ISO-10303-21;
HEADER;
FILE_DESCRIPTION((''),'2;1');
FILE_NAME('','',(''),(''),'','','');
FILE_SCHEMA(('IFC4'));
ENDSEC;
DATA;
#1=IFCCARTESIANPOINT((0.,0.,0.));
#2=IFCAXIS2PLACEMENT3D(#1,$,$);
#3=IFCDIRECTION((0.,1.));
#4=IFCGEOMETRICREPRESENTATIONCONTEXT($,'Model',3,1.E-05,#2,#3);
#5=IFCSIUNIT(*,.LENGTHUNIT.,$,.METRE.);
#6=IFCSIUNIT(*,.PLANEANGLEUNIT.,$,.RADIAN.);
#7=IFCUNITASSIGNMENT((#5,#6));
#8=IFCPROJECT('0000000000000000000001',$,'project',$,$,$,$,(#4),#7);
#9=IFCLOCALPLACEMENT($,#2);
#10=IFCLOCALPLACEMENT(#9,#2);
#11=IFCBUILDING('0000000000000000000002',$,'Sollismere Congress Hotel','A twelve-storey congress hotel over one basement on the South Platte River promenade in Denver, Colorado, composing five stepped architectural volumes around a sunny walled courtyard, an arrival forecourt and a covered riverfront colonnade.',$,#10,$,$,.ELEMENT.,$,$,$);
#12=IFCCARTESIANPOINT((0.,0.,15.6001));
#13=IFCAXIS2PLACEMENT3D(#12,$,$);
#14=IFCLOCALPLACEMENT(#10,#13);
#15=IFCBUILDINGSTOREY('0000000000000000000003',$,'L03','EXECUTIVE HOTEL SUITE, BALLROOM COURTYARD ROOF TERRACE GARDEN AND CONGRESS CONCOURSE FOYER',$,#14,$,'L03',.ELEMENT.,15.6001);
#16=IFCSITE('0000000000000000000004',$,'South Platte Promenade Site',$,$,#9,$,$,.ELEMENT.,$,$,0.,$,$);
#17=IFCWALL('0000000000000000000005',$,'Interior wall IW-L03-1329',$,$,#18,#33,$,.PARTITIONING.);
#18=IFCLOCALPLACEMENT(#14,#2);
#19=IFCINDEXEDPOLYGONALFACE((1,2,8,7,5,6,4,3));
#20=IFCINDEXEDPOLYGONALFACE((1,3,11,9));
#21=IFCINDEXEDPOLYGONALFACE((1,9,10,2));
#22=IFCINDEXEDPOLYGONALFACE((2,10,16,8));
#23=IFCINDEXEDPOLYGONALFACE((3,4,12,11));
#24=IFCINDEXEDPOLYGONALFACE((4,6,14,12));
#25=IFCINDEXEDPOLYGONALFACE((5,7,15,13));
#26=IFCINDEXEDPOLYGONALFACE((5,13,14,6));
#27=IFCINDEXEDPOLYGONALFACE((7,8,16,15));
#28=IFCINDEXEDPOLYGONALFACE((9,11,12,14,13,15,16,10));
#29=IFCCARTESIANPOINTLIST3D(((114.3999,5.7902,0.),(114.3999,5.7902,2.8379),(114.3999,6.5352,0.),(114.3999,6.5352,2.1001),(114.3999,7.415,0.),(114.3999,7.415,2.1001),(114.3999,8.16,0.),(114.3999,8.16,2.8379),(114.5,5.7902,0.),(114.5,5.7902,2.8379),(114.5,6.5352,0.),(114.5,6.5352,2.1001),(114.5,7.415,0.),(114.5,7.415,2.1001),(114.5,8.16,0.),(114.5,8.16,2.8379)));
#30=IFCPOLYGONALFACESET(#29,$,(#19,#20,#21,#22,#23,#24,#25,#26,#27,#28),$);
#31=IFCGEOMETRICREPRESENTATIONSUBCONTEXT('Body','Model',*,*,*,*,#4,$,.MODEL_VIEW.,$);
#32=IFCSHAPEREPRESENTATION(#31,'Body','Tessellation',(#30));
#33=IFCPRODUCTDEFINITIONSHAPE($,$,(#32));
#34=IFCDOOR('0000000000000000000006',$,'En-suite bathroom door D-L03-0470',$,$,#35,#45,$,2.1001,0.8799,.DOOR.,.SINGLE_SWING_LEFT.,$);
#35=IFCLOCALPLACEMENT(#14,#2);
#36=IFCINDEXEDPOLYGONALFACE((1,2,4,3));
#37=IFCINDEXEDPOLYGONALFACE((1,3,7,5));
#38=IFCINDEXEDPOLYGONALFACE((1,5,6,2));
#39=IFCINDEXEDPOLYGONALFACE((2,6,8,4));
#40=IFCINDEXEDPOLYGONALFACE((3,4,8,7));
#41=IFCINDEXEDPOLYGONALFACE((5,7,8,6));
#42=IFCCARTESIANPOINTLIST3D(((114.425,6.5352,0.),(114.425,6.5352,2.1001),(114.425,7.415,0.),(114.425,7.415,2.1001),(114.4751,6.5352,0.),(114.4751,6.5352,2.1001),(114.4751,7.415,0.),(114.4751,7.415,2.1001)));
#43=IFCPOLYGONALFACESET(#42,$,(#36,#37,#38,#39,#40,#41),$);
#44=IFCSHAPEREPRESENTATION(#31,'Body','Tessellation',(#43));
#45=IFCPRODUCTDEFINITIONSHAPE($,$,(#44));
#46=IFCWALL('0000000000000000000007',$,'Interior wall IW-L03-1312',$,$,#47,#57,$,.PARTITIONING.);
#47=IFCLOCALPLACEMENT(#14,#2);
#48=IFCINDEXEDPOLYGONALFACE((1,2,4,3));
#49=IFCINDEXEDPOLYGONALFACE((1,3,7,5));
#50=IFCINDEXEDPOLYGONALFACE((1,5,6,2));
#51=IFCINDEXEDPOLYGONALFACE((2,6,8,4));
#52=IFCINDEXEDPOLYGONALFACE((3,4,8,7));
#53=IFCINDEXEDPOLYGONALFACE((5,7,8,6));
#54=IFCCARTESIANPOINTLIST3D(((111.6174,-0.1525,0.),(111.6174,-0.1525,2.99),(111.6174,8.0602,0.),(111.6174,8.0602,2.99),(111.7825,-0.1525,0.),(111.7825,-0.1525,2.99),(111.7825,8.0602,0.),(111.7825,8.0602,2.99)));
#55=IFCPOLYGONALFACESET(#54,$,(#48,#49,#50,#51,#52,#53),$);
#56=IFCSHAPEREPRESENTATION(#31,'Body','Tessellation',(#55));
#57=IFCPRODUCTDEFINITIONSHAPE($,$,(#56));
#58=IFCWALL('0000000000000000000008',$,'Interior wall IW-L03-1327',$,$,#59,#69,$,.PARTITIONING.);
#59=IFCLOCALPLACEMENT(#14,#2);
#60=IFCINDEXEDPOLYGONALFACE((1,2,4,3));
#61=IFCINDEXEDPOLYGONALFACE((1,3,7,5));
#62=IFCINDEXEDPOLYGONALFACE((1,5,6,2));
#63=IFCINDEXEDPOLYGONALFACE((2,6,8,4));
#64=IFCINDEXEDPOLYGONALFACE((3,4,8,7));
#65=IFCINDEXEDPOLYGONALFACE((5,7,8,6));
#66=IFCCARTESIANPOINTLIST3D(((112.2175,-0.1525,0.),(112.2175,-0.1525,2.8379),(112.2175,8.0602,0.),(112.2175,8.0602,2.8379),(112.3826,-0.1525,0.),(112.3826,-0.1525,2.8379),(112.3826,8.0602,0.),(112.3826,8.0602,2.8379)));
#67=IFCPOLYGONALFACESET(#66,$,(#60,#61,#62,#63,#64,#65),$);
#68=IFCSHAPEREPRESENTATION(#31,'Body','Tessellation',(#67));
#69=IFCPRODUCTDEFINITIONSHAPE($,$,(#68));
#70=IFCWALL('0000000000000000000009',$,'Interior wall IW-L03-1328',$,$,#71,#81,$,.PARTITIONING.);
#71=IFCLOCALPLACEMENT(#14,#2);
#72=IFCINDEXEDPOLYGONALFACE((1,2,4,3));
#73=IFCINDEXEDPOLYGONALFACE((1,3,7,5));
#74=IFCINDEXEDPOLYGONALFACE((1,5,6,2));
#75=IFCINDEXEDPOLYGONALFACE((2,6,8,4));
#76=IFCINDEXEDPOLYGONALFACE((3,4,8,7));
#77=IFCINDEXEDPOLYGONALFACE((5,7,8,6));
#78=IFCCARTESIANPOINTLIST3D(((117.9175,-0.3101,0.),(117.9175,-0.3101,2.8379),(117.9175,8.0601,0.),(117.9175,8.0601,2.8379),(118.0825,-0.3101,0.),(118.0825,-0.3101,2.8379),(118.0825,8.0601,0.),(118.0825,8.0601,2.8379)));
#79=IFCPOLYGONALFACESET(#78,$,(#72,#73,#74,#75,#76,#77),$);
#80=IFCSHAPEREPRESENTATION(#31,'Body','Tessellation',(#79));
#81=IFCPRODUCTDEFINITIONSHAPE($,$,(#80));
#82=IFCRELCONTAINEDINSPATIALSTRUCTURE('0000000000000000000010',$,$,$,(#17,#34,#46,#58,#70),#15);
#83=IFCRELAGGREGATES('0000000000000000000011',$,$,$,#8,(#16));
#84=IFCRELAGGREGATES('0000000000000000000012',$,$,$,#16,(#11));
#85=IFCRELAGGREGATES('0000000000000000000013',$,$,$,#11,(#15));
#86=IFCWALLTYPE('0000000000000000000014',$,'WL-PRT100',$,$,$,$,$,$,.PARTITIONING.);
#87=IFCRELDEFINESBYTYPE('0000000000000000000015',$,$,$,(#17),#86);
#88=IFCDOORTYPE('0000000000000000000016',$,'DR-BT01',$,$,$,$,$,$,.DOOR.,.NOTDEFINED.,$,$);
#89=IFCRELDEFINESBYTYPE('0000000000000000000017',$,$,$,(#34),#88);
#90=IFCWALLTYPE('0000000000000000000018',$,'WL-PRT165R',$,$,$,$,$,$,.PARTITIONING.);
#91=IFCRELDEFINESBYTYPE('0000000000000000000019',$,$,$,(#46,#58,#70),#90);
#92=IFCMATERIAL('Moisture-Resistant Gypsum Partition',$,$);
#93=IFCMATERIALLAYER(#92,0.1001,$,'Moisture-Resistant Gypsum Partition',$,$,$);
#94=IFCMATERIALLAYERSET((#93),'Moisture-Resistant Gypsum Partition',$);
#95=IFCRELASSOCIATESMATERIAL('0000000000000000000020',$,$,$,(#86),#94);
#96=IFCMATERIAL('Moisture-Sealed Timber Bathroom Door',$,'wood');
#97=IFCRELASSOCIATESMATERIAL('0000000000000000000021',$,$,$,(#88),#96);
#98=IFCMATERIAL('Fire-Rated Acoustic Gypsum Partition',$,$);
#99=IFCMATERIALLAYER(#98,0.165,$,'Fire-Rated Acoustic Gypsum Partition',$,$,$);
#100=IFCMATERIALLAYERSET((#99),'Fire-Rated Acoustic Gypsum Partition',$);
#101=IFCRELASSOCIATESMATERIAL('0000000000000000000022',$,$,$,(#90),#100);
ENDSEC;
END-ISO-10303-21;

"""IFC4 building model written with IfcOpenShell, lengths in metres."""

from ifc_helpers import new_model, si_unit, direction, frame, frame_2d, origin, place, context, subcontext, project, spatial, rectangle, extrude, material, layer, layer_set, type_object, element, fill, save


model = new_model("IFC4")

# Units and contexts
model_context = context("Model", 3, precision=1e-05, world=origin(), true_north=direction((0.0, 1.0)))
body_context = subcontext(model_context, "Body", "Model", "MODEL_VIEW")
ifc_project = project(units=[si_unit("LENGTHUNIT", "METRE"), si_unit("PLANEANGLEUNIT", "RADIAN")], contexts=[model_context])

# Site, building, storey
site_placement = place(None, origin())
site = spatial("IfcSite", under=ifc_project, at=site_placement, Name="South Platte Promenade Site", CompositionType="ELEMENT", RefElevation=0.0)
building_placement = place(site_placement, origin())
building = spatial("IfcBuilding", under=site, at=building_placement, Name="Sollismere Congress Hotel", Description="A twelve-storey congress hotel over one basement on the South Platte River promenade in Denver, Colorado, composing five stepped architectural volumes around a sunny walled courtyard, an arrival forecourt and a covered riverfront colonnade.", CompositionType="ELEMENT")
storey_placement = place(building_placement, frame((0.0, 0.0, 15.6001)))
storey = spatial("IfcBuildingStorey", under=building, at=storey_placement, Name="L03", Description="EXECUTIVE HOTEL SUITE, BALLROOM COURTYARD ROOF TERRACE GARDEN AND CONGRESS CONCOURSE FOYER", LongName="L03", CompositionType="ELEMENT", Elevation=15.6001)

# Wall, opening, door
ifc_material_1 = material(Name="Moisture-Resistant Gypsum Partition")
ifc_layer_1 = layer(ifc_material_1, 0.1001, Name="Moisture-Resistant Gypsum Partition")
ifc_layer_set_1 = layer_set([ifc_layer_1], Name="Moisture-Resistant Gypsum Partition")
wall_type_1 = type_object("IfcWallType", Name="WL-PRT100", PredefinedType="PARTITIONING", material=ifc_layer_set_1)
ifc_material_2 = material(Name="Moisture-Sealed Timber Bathroom Door", Category="wood")
wall_1_placement = place(storey_placement, frame((114.45, 5.79, 0.0), z_axis=(0.0, 0.0, 1.0), x_axis=(0.0, 1.0, 0.0)))
wall_1 = element("IfcWall", 1, at=wall_1_placement, inside=storey, type_object=wall_type_1, Name="Interior wall IW-L03-1329", PredefinedType="PARTITIONING", context=body_context, shape_type="SweptSolid", body=[
    extrude(rectangle(XDim=2.3699, YDim=0.1001, at=frame_2d((1.1851, 0.0))), origin(), (0.0, 0.0, 1.0), 2.8379),
])
opening_1_placement = place(wall_1_placement, frame((0.7451, 0.0, 0.0)))
opening_1 = element("IfcOpeningElement", 2, at=opening_1_placement, cuts=wall_1, PredefinedType="OPENING", context=body_context, shape_type="SweptSolid", body=[
    extrude(rectangle(XDim=0.8799, YDim=2.1001, at=frame_2d((0.4399, 1.05))), frame((0.0, 0.0601, 0.0), z_axis=(0.0, -1.0, 0.0), x_axis=(1.0, 0.0, 0.0)), (0.0, 0.0, 1.0), 0.1201),
])
door_type_1 = type_object("IfcDoorType", Name="DR-BT01", OperationType="NOTDEFINED", PredefinedType="DOOR", material=ifc_material_2)
door_1_placement = place(opening_1_placement, origin())
door_1 = element("IfcDoor", 3, at=door_1_placement, inside=storey, type_object=door_type_1, Name="En-suite bathroom door D-L03-0470", OperationType="SINGLE_SWING_LEFT", OverallHeight=2.1001, OverallWidth=0.8799, PredefinedType="DOOR", context=body_context, shape_type="SweptSolid", body=[
    extrude(rectangle(XDim=0.8799, YDim=2.1001, at=frame_2d((0.4399, 1.05))), frame((0.0, 0.0249, 0.0), z_axis=(0.0, -1.0, 0.0), x_axis=(1.0, 0.0, 0.0)), (0.0, 0.0, 1.0), 0.05),
])
fill(opening_1, door_1)

# Walls
ifc_material_3 = material(Name="Fire-Rated Acoustic Gypsum Partition")
ifc_layer_2 = layer(ifc_material_3, 0.165, Name="Fire-Rated Acoustic Gypsum Partition")
ifc_layer_set_2 = layer_set([ifc_layer_2], Name="Fire-Rated Acoustic Gypsum Partition")
wall_type_2 = type_object("IfcWallType", Name="WL-PRT165R", PredefinedType="PARTITIONING", material=ifc_layer_set_2)
wall_2_placement = place(storey_placement, frame((111.7, -0.1526, 0.0), z_axis=(0.0, 0.0, 1.0), x_axis=(0.0, 1.0, 0.0)))
element("IfcWall", 4, at=wall_2_placement, inside=storey, type_object=wall_type_2, Name="Interior wall IW-L03-1312", PredefinedType="PARTITIONING", context=body_context, shape_type="SweptSolid", body=[
    extrude(rectangle(XDim=8.2126, YDim=0.165, at=frame_2d((4.1064, 0.0))), origin(), (0.0, 0.0, 1.0), 2.99),
])
wall_3_placement = place(storey_placement, frame((112.3, -0.1526, 0.0), z_axis=(0.0, 0.0, 1.0), x_axis=(0.0, 1.0, 0.0)))
element("IfcWall", 5, at=wall_3_placement, inside=storey, type_object=wall_type_2, Name="Interior wall IW-L03-1327", PredefinedType="PARTITIONING", context=body_context, shape_type="SweptSolid", body=[
    extrude(rectangle(XDim=8.2126, YDim=0.165, at=frame_2d((4.1064, 0.0))), origin(), (0.0, 0.0, 1.0), 2.8379),
])
wall_4_placement = place(storey_placement, frame((118.0, -0.3101, 0.0), z_axis=(0.0, 0.0, 1.0), x_axis=(0.0, 1.0, 0.0)))
element("IfcWall", 6, at=wall_4_placement, inside=storey, type_object=wall_type_2, Name="Interior wall IW-L03-1328", PredefinedType="PARTITIONING", context=body_context, shape_type="SweptSolid", body=[
    extrude(rectangle(XDim=8.3701, YDim=0.165, at=frame_2d((4.1851, 0.0))), origin(), (0.0, 0.0, 1.0), 2.8379),
])

save(model, "model.ifc")
